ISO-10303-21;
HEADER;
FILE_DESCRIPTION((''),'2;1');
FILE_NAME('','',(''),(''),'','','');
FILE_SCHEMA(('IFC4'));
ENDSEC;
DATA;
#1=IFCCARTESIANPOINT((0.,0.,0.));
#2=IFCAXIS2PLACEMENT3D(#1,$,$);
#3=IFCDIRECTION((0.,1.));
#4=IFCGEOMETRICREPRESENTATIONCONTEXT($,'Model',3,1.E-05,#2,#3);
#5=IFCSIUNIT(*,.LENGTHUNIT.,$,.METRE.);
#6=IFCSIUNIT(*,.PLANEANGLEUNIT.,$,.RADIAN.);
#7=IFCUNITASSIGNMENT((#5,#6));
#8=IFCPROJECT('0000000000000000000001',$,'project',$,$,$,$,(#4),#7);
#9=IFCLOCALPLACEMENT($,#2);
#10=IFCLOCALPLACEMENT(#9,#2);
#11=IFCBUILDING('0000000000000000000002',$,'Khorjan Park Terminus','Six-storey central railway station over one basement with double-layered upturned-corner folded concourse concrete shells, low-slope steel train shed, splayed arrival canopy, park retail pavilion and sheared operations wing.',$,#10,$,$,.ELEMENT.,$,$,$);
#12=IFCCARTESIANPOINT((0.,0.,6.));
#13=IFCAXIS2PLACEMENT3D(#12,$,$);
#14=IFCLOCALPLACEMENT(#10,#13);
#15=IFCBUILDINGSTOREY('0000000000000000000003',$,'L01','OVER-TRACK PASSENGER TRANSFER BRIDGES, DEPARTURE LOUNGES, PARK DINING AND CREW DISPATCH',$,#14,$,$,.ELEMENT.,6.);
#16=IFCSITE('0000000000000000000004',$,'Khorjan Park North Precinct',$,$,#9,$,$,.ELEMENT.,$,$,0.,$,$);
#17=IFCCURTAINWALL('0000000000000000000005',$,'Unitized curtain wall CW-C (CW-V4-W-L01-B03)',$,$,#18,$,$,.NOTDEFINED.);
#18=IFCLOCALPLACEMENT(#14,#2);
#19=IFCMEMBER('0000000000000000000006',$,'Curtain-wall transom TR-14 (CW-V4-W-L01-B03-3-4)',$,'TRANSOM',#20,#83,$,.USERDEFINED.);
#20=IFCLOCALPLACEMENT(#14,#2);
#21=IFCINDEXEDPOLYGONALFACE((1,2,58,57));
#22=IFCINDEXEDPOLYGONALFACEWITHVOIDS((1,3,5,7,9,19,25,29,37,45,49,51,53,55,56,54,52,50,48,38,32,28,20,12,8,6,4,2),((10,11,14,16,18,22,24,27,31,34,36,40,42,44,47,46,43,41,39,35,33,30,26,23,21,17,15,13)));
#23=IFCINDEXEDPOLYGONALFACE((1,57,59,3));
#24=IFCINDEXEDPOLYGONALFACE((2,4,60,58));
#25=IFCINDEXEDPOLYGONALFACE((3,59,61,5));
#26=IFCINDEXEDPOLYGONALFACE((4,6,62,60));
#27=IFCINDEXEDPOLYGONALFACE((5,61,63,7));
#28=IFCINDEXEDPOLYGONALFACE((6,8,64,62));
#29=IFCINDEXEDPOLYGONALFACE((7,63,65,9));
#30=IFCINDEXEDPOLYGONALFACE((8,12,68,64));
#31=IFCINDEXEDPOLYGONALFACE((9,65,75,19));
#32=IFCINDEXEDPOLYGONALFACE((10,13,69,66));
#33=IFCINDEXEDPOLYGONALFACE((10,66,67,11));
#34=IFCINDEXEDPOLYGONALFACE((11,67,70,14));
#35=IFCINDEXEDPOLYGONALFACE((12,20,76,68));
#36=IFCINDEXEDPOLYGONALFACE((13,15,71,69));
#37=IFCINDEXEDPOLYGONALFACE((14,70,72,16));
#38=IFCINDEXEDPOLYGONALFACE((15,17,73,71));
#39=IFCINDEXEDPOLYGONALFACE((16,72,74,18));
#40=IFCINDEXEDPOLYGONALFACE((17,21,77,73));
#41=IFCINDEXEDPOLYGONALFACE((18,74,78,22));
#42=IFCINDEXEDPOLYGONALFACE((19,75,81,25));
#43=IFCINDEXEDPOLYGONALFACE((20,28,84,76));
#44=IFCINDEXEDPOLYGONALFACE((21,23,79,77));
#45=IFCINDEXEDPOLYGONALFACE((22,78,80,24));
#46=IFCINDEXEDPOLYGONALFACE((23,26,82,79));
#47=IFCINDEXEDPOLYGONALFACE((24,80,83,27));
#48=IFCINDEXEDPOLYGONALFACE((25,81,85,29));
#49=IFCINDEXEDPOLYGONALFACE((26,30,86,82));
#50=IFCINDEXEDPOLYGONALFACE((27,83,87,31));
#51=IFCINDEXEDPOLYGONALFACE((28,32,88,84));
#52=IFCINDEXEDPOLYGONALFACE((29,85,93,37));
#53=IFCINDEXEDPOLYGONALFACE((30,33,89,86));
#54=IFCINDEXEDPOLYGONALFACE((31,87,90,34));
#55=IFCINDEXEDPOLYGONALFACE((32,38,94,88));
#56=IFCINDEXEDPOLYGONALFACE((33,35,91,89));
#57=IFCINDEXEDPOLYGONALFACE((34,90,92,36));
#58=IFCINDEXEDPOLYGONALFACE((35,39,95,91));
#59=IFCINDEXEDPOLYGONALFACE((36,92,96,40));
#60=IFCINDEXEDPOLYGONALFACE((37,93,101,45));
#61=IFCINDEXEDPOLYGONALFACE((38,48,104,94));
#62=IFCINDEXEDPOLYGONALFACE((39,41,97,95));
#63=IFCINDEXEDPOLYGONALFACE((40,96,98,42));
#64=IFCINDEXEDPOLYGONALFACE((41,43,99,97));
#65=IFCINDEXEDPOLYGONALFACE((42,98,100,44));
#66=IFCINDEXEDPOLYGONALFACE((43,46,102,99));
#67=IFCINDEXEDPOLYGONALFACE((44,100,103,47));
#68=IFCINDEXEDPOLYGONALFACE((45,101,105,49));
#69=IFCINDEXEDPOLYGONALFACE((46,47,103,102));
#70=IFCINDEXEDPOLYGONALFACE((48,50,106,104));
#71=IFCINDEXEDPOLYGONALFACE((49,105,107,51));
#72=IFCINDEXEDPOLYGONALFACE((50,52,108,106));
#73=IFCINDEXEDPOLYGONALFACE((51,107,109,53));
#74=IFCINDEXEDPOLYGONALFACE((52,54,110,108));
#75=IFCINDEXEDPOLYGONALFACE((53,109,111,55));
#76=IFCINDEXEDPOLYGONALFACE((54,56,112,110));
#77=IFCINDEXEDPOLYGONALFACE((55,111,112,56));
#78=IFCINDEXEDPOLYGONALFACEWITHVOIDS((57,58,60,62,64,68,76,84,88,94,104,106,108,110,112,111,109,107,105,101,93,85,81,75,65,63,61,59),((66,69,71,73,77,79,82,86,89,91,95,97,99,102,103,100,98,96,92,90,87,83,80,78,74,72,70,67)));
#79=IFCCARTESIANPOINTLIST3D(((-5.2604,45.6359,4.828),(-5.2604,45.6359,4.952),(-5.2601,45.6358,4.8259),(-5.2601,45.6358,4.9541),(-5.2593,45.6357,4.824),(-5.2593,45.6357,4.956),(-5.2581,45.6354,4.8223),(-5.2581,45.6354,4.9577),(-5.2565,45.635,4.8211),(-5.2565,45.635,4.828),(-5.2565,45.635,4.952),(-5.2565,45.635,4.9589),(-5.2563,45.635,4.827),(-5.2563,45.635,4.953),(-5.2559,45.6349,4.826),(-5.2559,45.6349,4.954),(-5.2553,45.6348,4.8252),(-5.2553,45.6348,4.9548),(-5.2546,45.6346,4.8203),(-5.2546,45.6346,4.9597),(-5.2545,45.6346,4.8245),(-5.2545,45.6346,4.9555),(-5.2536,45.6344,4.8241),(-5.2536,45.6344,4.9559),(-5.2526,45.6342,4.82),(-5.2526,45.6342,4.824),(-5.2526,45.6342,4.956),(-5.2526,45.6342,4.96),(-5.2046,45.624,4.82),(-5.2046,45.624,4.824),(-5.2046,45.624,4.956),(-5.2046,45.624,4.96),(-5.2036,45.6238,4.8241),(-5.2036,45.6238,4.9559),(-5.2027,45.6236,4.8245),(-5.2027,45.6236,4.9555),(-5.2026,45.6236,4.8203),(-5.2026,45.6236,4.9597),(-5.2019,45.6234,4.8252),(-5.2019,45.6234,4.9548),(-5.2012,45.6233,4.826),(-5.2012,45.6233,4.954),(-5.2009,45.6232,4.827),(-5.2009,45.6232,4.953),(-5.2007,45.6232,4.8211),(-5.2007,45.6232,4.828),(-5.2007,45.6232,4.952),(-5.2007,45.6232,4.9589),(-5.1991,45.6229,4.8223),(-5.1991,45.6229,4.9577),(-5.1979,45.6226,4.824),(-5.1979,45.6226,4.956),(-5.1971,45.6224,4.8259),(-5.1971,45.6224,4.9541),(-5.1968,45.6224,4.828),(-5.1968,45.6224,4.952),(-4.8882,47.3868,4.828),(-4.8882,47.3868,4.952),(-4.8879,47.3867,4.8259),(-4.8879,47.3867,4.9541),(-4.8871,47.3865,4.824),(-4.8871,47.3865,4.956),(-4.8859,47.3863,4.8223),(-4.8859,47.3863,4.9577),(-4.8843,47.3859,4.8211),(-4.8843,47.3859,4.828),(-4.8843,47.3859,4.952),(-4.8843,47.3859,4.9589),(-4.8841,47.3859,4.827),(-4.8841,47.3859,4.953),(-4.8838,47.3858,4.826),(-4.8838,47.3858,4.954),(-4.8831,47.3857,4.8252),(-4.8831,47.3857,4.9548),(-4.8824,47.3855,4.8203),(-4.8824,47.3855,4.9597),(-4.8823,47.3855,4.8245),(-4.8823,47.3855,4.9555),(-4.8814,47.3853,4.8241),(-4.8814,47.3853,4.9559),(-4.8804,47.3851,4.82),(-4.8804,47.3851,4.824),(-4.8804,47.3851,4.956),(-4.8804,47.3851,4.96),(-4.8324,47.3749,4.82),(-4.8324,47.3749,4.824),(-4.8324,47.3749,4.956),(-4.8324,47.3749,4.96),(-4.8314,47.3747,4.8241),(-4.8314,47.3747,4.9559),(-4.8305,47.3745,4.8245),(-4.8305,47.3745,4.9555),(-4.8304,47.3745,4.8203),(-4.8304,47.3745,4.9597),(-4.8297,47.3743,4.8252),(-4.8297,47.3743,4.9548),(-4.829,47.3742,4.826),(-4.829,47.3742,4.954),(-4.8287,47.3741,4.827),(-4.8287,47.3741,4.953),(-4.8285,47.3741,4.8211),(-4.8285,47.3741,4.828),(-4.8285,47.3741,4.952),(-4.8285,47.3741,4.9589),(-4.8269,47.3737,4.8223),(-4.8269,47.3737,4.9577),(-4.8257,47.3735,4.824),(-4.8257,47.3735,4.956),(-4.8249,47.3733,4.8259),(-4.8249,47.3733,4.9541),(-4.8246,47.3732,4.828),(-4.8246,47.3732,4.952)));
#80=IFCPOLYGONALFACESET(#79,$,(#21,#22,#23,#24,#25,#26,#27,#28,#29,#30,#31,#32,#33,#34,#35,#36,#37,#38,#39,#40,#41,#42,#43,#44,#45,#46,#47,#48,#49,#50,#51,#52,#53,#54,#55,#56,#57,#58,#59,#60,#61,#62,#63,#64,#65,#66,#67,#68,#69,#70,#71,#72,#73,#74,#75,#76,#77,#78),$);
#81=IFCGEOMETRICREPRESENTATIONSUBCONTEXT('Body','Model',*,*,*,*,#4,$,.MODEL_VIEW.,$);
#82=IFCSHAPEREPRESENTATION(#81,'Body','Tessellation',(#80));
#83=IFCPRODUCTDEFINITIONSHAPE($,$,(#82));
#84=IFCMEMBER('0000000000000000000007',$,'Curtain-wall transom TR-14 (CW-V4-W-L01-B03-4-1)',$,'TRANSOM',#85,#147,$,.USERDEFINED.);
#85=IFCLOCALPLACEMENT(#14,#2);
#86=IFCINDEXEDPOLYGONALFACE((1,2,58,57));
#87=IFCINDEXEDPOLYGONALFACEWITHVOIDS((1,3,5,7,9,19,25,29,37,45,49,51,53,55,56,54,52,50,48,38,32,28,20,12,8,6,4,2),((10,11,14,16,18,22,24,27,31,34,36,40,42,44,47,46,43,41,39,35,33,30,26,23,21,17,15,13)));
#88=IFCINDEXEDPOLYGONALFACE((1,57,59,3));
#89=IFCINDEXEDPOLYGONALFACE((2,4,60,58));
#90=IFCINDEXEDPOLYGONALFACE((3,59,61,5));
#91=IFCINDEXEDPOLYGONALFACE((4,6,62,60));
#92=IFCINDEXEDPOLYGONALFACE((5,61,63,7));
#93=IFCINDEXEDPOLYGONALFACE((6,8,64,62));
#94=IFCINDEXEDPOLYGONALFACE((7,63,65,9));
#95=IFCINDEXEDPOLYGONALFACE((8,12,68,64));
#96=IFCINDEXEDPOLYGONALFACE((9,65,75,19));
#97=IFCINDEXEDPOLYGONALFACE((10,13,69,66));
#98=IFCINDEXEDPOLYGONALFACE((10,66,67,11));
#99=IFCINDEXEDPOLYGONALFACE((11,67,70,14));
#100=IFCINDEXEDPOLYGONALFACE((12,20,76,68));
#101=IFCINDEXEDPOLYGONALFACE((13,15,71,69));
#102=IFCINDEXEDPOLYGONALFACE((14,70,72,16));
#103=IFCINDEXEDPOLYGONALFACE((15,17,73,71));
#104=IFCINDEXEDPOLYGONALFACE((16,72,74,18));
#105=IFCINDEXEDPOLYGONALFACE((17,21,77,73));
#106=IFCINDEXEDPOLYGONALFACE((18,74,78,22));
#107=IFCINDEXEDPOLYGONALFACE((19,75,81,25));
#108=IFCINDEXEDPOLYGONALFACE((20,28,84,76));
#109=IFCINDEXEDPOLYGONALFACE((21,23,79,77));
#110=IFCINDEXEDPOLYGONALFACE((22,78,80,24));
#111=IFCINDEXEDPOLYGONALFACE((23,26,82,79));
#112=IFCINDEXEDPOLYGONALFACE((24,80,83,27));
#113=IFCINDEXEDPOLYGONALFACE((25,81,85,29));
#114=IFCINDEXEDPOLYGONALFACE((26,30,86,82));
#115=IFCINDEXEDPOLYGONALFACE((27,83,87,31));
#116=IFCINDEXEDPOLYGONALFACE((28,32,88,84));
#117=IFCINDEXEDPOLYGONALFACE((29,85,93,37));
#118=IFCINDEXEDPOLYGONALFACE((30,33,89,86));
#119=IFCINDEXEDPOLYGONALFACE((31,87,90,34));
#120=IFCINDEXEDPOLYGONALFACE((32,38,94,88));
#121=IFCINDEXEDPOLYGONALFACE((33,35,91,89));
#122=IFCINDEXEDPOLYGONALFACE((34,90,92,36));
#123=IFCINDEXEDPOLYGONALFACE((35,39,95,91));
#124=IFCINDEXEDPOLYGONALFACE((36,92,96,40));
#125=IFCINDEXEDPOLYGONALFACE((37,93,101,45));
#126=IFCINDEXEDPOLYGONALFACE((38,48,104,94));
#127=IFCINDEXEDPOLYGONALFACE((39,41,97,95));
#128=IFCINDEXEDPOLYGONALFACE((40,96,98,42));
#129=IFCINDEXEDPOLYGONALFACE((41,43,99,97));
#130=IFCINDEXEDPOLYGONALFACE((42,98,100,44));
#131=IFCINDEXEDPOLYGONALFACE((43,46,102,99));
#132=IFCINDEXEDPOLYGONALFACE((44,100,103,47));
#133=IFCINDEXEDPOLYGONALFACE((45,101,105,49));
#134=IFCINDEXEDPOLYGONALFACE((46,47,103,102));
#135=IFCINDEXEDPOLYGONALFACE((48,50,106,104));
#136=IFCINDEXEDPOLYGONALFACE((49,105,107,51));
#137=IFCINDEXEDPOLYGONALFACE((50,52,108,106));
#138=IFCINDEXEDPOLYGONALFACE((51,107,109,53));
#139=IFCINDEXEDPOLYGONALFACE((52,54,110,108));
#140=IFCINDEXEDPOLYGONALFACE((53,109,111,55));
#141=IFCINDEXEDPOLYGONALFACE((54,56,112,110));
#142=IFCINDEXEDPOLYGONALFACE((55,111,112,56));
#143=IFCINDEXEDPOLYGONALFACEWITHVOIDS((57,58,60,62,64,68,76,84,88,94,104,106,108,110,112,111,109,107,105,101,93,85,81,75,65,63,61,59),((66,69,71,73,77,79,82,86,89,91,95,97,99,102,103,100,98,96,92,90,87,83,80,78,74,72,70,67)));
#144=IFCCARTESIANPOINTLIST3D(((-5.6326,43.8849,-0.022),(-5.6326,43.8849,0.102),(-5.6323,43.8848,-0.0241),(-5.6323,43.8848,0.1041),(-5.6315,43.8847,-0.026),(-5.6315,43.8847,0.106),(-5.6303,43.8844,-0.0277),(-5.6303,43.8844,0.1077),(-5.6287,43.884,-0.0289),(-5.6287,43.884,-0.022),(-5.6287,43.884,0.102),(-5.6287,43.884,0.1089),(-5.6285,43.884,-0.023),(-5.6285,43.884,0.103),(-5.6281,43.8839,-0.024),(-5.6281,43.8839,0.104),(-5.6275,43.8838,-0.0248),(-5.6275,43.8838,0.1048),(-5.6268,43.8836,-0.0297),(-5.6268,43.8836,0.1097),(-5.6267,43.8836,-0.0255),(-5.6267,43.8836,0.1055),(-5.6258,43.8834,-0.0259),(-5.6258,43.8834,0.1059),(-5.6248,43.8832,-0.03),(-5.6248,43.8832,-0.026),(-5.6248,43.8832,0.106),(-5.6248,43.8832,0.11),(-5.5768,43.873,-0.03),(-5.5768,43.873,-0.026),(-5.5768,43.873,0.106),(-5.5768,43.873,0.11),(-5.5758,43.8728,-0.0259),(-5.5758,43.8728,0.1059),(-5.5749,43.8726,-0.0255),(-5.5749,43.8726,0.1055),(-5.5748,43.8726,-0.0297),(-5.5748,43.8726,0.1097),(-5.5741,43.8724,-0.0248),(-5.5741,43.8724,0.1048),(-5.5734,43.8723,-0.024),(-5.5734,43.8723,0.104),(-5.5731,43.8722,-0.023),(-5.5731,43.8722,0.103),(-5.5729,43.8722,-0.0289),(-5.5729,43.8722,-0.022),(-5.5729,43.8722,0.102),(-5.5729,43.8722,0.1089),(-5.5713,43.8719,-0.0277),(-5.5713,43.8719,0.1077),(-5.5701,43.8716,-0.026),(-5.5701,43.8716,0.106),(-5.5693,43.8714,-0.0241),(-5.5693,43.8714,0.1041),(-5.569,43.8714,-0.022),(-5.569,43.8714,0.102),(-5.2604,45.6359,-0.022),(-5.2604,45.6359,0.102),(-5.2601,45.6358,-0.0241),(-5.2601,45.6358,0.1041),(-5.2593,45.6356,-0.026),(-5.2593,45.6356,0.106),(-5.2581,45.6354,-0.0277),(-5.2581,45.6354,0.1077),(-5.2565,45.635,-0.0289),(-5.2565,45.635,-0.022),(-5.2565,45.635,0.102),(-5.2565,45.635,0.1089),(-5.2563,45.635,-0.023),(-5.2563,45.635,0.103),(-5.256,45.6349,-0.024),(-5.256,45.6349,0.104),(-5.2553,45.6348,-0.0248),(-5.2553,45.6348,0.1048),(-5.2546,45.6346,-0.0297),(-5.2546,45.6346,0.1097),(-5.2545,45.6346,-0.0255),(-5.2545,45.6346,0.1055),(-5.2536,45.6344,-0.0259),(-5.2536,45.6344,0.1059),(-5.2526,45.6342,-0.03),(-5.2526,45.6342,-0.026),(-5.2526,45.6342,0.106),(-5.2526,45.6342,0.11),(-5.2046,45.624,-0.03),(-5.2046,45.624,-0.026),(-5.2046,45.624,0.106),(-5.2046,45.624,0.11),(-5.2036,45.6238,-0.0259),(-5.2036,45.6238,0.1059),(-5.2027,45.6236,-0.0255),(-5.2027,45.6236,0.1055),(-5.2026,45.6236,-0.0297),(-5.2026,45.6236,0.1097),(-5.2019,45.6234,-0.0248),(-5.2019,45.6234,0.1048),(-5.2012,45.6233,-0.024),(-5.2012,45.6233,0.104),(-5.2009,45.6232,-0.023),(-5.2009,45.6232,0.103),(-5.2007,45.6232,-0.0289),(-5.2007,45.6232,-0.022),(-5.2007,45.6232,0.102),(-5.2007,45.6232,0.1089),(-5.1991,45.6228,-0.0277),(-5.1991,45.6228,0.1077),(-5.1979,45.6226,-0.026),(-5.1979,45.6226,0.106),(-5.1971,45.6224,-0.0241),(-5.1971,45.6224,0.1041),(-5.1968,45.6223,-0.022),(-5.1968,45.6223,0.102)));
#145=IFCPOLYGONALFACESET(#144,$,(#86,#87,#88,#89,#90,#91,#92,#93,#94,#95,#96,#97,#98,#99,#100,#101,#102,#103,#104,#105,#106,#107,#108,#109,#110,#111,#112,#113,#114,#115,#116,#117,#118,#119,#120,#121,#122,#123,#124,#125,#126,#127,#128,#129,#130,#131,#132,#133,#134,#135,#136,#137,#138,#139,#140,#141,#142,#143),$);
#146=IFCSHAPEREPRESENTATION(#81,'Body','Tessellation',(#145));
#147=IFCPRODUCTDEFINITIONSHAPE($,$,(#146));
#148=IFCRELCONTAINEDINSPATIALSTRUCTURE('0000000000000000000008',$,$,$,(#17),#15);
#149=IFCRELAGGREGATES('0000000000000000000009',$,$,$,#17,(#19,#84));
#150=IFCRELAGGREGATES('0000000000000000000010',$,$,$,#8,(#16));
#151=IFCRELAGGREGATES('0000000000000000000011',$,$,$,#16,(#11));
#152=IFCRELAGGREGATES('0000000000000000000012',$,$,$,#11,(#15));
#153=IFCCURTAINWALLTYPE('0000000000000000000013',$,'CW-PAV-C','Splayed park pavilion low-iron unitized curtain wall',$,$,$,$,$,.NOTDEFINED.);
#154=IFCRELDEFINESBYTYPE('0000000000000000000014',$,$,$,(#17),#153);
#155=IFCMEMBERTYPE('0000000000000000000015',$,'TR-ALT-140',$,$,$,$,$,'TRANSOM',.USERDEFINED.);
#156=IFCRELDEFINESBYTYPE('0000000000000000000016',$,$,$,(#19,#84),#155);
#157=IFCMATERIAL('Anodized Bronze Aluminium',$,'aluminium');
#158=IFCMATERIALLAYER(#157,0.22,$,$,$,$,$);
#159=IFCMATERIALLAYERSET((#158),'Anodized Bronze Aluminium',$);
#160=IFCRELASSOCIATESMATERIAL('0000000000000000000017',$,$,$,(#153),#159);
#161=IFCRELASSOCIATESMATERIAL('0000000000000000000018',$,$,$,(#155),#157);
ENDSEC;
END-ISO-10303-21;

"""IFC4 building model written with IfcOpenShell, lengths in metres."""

from ifc_helpers import new_model, si_unit, direction, frame, origin, origin_2d, place, context, subcontext, project, spatial, hollow_rectangle, extrude, material, layer, layer_set, material_profile, profile_set, type_object, element, aggregate, save


model = new_model("IFC4")

# Units and contexts
model_context = context("Model", 3, precision=1e-05, world=origin(), true_north=direction((0.0, 1.0)))
body_context = subcontext(model_context, "Body", "Model", "MODEL_VIEW")
ifc_project = project(units=[si_unit("LENGTHUNIT", "METRE"), si_unit("PLANEANGLEUNIT", "RADIAN")], contexts=[model_context])

# Site, building, storey
site_placement = place(None, origin())
site = spatial("IfcSite", under=ifc_project, at=site_placement, Name="Khorjan Park North Precinct", CompositionType="ELEMENT", RefElevation=0.0)
building_placement = place(site_placement, origin())
building = spatial("IfcBuilding", under=site, at=building_placement, Name="Khorjan Park Terminus", Description="Six-storey central railway station over one basement with double-layered upturned-corner folded concourse concrete shells, low-slope steel train shed, splayed arrival canopy, park retail pavilion and sheared operations wing.", CompositionType="ELEMENT")
storey_placement = place(building_placement, frame((0.0, 0.0, 6.0)))
storey = spatial("IfcBuildingStorey", under=building, at=storey_placement, Name="L01", Description="OVER-TRACK PASSENGER TRANSFER BRIDGES, DEPARTURE LOUNGES, PARK DINING AND CREW DISPATCH", CompositionType="ELEMENT", Elevation=6.0)

# Curtain wall, members
ifc_material_1 = material(Name="Anodized Bronze Aluminium", Category="aluminium")
ifc_layer_1 = layer(ifc_material_1, 0.22)
ifc_layer_set_1 = layer_set([ifc_layer_1], Name="Anodized Bronze Aluminium")
curtain_wall_type = type_object("IfcCurtainWallType", Name="CW-PAV-C", Description="Splayed park pavilion low-iron unitized curtain wall", PredefinedType="NOTDEFINED", material=ifc_layer_set_1)
curtain_wall_placement = place(storey_placement, origin())
curtain_wall = element("IfcCurtainWall", 1, at=curtain_wall_placement, inside=storey, type_object=curtain_wall_type, Name="Unitized curtain wall CW-C (CW-V4-W-L01-B03)", PredefinedType="NOTDEFINED")
ifc_material_profile_1 = material_profile(ifc_material_1, hollow_rectangle(XDim=0.065, YDim=0.14, WallThickness=0.004, InnerFilletRadius=0.004, OuterFilletRadius=0.008, at=origin_2d()), Name="ALT 65x140x4")
ifc_profile_set_1 = profile_set([ifc_material_profile_1], Name="Anodized Bronze Aluminium")
member_type_1 = type_object("IfcMemberType", Name="TR-ALT-140", ElementType="TRANSOM", PredefinedType="USERDEFINED", material=ifc_profile_set_1)
member_1_placement = place(storey_placement, frame((-4.8564, 47.38, 4.89), z_axis=(-0.20793, -0.978144, 0.0), x_axis=(0.978144, -0.20793, 0.0)))
member_1 = element("IfcMember", 2, at=member_1_placement, type_object=member_type_1, Name="Curtain-wall transom TR-14 (CW-V4-W-L01-B03-3-4)", ObjectType="TRANSOM", PredefinedType="USERDEFINED", context=body_context, shape_type="SweptSolid", body=[
    extrude(hollow_rectangle(XDim=0.065, YDim=0.14, WallThickness=0.004, InnerFilletRadius=0.004, OuterFilletRadius=0.008, at=origin_2d()), origin(), (0.0, 0.0, 1.0), 1.79),
])
member_2_placement = place(storey_placement, frame((-5.2286, 45.6291, 0.04), z_axis=(-0.207919, -0.978146, 0.0), x_axis=(0.978146, -0.207919, 0.0)))
member_2 = element("IfcMember", 3, at=member_2_placement, type_object=member_type_1, Name="Curtain-wall transom TR-14 (CW-V4-W-L01-B03-4-1)", ObjectType="TRANSOM", PredefinedType="USERDEFINED", context=body_context, shape_type="SweptSolid", body=[
    extrude(hollow_rectangle(XDim=0.065, YDim=0.14, WallThickness=0.004, InnerFilletRadius=0.004, OuterFilletRadius=0.008, at=origin_2d()), origin(), (0.0, 0.0, 1.0), 1.7901),
])
aggregate(curtain_wall, [member_1, member_2])

save(model, "model.ifc")
